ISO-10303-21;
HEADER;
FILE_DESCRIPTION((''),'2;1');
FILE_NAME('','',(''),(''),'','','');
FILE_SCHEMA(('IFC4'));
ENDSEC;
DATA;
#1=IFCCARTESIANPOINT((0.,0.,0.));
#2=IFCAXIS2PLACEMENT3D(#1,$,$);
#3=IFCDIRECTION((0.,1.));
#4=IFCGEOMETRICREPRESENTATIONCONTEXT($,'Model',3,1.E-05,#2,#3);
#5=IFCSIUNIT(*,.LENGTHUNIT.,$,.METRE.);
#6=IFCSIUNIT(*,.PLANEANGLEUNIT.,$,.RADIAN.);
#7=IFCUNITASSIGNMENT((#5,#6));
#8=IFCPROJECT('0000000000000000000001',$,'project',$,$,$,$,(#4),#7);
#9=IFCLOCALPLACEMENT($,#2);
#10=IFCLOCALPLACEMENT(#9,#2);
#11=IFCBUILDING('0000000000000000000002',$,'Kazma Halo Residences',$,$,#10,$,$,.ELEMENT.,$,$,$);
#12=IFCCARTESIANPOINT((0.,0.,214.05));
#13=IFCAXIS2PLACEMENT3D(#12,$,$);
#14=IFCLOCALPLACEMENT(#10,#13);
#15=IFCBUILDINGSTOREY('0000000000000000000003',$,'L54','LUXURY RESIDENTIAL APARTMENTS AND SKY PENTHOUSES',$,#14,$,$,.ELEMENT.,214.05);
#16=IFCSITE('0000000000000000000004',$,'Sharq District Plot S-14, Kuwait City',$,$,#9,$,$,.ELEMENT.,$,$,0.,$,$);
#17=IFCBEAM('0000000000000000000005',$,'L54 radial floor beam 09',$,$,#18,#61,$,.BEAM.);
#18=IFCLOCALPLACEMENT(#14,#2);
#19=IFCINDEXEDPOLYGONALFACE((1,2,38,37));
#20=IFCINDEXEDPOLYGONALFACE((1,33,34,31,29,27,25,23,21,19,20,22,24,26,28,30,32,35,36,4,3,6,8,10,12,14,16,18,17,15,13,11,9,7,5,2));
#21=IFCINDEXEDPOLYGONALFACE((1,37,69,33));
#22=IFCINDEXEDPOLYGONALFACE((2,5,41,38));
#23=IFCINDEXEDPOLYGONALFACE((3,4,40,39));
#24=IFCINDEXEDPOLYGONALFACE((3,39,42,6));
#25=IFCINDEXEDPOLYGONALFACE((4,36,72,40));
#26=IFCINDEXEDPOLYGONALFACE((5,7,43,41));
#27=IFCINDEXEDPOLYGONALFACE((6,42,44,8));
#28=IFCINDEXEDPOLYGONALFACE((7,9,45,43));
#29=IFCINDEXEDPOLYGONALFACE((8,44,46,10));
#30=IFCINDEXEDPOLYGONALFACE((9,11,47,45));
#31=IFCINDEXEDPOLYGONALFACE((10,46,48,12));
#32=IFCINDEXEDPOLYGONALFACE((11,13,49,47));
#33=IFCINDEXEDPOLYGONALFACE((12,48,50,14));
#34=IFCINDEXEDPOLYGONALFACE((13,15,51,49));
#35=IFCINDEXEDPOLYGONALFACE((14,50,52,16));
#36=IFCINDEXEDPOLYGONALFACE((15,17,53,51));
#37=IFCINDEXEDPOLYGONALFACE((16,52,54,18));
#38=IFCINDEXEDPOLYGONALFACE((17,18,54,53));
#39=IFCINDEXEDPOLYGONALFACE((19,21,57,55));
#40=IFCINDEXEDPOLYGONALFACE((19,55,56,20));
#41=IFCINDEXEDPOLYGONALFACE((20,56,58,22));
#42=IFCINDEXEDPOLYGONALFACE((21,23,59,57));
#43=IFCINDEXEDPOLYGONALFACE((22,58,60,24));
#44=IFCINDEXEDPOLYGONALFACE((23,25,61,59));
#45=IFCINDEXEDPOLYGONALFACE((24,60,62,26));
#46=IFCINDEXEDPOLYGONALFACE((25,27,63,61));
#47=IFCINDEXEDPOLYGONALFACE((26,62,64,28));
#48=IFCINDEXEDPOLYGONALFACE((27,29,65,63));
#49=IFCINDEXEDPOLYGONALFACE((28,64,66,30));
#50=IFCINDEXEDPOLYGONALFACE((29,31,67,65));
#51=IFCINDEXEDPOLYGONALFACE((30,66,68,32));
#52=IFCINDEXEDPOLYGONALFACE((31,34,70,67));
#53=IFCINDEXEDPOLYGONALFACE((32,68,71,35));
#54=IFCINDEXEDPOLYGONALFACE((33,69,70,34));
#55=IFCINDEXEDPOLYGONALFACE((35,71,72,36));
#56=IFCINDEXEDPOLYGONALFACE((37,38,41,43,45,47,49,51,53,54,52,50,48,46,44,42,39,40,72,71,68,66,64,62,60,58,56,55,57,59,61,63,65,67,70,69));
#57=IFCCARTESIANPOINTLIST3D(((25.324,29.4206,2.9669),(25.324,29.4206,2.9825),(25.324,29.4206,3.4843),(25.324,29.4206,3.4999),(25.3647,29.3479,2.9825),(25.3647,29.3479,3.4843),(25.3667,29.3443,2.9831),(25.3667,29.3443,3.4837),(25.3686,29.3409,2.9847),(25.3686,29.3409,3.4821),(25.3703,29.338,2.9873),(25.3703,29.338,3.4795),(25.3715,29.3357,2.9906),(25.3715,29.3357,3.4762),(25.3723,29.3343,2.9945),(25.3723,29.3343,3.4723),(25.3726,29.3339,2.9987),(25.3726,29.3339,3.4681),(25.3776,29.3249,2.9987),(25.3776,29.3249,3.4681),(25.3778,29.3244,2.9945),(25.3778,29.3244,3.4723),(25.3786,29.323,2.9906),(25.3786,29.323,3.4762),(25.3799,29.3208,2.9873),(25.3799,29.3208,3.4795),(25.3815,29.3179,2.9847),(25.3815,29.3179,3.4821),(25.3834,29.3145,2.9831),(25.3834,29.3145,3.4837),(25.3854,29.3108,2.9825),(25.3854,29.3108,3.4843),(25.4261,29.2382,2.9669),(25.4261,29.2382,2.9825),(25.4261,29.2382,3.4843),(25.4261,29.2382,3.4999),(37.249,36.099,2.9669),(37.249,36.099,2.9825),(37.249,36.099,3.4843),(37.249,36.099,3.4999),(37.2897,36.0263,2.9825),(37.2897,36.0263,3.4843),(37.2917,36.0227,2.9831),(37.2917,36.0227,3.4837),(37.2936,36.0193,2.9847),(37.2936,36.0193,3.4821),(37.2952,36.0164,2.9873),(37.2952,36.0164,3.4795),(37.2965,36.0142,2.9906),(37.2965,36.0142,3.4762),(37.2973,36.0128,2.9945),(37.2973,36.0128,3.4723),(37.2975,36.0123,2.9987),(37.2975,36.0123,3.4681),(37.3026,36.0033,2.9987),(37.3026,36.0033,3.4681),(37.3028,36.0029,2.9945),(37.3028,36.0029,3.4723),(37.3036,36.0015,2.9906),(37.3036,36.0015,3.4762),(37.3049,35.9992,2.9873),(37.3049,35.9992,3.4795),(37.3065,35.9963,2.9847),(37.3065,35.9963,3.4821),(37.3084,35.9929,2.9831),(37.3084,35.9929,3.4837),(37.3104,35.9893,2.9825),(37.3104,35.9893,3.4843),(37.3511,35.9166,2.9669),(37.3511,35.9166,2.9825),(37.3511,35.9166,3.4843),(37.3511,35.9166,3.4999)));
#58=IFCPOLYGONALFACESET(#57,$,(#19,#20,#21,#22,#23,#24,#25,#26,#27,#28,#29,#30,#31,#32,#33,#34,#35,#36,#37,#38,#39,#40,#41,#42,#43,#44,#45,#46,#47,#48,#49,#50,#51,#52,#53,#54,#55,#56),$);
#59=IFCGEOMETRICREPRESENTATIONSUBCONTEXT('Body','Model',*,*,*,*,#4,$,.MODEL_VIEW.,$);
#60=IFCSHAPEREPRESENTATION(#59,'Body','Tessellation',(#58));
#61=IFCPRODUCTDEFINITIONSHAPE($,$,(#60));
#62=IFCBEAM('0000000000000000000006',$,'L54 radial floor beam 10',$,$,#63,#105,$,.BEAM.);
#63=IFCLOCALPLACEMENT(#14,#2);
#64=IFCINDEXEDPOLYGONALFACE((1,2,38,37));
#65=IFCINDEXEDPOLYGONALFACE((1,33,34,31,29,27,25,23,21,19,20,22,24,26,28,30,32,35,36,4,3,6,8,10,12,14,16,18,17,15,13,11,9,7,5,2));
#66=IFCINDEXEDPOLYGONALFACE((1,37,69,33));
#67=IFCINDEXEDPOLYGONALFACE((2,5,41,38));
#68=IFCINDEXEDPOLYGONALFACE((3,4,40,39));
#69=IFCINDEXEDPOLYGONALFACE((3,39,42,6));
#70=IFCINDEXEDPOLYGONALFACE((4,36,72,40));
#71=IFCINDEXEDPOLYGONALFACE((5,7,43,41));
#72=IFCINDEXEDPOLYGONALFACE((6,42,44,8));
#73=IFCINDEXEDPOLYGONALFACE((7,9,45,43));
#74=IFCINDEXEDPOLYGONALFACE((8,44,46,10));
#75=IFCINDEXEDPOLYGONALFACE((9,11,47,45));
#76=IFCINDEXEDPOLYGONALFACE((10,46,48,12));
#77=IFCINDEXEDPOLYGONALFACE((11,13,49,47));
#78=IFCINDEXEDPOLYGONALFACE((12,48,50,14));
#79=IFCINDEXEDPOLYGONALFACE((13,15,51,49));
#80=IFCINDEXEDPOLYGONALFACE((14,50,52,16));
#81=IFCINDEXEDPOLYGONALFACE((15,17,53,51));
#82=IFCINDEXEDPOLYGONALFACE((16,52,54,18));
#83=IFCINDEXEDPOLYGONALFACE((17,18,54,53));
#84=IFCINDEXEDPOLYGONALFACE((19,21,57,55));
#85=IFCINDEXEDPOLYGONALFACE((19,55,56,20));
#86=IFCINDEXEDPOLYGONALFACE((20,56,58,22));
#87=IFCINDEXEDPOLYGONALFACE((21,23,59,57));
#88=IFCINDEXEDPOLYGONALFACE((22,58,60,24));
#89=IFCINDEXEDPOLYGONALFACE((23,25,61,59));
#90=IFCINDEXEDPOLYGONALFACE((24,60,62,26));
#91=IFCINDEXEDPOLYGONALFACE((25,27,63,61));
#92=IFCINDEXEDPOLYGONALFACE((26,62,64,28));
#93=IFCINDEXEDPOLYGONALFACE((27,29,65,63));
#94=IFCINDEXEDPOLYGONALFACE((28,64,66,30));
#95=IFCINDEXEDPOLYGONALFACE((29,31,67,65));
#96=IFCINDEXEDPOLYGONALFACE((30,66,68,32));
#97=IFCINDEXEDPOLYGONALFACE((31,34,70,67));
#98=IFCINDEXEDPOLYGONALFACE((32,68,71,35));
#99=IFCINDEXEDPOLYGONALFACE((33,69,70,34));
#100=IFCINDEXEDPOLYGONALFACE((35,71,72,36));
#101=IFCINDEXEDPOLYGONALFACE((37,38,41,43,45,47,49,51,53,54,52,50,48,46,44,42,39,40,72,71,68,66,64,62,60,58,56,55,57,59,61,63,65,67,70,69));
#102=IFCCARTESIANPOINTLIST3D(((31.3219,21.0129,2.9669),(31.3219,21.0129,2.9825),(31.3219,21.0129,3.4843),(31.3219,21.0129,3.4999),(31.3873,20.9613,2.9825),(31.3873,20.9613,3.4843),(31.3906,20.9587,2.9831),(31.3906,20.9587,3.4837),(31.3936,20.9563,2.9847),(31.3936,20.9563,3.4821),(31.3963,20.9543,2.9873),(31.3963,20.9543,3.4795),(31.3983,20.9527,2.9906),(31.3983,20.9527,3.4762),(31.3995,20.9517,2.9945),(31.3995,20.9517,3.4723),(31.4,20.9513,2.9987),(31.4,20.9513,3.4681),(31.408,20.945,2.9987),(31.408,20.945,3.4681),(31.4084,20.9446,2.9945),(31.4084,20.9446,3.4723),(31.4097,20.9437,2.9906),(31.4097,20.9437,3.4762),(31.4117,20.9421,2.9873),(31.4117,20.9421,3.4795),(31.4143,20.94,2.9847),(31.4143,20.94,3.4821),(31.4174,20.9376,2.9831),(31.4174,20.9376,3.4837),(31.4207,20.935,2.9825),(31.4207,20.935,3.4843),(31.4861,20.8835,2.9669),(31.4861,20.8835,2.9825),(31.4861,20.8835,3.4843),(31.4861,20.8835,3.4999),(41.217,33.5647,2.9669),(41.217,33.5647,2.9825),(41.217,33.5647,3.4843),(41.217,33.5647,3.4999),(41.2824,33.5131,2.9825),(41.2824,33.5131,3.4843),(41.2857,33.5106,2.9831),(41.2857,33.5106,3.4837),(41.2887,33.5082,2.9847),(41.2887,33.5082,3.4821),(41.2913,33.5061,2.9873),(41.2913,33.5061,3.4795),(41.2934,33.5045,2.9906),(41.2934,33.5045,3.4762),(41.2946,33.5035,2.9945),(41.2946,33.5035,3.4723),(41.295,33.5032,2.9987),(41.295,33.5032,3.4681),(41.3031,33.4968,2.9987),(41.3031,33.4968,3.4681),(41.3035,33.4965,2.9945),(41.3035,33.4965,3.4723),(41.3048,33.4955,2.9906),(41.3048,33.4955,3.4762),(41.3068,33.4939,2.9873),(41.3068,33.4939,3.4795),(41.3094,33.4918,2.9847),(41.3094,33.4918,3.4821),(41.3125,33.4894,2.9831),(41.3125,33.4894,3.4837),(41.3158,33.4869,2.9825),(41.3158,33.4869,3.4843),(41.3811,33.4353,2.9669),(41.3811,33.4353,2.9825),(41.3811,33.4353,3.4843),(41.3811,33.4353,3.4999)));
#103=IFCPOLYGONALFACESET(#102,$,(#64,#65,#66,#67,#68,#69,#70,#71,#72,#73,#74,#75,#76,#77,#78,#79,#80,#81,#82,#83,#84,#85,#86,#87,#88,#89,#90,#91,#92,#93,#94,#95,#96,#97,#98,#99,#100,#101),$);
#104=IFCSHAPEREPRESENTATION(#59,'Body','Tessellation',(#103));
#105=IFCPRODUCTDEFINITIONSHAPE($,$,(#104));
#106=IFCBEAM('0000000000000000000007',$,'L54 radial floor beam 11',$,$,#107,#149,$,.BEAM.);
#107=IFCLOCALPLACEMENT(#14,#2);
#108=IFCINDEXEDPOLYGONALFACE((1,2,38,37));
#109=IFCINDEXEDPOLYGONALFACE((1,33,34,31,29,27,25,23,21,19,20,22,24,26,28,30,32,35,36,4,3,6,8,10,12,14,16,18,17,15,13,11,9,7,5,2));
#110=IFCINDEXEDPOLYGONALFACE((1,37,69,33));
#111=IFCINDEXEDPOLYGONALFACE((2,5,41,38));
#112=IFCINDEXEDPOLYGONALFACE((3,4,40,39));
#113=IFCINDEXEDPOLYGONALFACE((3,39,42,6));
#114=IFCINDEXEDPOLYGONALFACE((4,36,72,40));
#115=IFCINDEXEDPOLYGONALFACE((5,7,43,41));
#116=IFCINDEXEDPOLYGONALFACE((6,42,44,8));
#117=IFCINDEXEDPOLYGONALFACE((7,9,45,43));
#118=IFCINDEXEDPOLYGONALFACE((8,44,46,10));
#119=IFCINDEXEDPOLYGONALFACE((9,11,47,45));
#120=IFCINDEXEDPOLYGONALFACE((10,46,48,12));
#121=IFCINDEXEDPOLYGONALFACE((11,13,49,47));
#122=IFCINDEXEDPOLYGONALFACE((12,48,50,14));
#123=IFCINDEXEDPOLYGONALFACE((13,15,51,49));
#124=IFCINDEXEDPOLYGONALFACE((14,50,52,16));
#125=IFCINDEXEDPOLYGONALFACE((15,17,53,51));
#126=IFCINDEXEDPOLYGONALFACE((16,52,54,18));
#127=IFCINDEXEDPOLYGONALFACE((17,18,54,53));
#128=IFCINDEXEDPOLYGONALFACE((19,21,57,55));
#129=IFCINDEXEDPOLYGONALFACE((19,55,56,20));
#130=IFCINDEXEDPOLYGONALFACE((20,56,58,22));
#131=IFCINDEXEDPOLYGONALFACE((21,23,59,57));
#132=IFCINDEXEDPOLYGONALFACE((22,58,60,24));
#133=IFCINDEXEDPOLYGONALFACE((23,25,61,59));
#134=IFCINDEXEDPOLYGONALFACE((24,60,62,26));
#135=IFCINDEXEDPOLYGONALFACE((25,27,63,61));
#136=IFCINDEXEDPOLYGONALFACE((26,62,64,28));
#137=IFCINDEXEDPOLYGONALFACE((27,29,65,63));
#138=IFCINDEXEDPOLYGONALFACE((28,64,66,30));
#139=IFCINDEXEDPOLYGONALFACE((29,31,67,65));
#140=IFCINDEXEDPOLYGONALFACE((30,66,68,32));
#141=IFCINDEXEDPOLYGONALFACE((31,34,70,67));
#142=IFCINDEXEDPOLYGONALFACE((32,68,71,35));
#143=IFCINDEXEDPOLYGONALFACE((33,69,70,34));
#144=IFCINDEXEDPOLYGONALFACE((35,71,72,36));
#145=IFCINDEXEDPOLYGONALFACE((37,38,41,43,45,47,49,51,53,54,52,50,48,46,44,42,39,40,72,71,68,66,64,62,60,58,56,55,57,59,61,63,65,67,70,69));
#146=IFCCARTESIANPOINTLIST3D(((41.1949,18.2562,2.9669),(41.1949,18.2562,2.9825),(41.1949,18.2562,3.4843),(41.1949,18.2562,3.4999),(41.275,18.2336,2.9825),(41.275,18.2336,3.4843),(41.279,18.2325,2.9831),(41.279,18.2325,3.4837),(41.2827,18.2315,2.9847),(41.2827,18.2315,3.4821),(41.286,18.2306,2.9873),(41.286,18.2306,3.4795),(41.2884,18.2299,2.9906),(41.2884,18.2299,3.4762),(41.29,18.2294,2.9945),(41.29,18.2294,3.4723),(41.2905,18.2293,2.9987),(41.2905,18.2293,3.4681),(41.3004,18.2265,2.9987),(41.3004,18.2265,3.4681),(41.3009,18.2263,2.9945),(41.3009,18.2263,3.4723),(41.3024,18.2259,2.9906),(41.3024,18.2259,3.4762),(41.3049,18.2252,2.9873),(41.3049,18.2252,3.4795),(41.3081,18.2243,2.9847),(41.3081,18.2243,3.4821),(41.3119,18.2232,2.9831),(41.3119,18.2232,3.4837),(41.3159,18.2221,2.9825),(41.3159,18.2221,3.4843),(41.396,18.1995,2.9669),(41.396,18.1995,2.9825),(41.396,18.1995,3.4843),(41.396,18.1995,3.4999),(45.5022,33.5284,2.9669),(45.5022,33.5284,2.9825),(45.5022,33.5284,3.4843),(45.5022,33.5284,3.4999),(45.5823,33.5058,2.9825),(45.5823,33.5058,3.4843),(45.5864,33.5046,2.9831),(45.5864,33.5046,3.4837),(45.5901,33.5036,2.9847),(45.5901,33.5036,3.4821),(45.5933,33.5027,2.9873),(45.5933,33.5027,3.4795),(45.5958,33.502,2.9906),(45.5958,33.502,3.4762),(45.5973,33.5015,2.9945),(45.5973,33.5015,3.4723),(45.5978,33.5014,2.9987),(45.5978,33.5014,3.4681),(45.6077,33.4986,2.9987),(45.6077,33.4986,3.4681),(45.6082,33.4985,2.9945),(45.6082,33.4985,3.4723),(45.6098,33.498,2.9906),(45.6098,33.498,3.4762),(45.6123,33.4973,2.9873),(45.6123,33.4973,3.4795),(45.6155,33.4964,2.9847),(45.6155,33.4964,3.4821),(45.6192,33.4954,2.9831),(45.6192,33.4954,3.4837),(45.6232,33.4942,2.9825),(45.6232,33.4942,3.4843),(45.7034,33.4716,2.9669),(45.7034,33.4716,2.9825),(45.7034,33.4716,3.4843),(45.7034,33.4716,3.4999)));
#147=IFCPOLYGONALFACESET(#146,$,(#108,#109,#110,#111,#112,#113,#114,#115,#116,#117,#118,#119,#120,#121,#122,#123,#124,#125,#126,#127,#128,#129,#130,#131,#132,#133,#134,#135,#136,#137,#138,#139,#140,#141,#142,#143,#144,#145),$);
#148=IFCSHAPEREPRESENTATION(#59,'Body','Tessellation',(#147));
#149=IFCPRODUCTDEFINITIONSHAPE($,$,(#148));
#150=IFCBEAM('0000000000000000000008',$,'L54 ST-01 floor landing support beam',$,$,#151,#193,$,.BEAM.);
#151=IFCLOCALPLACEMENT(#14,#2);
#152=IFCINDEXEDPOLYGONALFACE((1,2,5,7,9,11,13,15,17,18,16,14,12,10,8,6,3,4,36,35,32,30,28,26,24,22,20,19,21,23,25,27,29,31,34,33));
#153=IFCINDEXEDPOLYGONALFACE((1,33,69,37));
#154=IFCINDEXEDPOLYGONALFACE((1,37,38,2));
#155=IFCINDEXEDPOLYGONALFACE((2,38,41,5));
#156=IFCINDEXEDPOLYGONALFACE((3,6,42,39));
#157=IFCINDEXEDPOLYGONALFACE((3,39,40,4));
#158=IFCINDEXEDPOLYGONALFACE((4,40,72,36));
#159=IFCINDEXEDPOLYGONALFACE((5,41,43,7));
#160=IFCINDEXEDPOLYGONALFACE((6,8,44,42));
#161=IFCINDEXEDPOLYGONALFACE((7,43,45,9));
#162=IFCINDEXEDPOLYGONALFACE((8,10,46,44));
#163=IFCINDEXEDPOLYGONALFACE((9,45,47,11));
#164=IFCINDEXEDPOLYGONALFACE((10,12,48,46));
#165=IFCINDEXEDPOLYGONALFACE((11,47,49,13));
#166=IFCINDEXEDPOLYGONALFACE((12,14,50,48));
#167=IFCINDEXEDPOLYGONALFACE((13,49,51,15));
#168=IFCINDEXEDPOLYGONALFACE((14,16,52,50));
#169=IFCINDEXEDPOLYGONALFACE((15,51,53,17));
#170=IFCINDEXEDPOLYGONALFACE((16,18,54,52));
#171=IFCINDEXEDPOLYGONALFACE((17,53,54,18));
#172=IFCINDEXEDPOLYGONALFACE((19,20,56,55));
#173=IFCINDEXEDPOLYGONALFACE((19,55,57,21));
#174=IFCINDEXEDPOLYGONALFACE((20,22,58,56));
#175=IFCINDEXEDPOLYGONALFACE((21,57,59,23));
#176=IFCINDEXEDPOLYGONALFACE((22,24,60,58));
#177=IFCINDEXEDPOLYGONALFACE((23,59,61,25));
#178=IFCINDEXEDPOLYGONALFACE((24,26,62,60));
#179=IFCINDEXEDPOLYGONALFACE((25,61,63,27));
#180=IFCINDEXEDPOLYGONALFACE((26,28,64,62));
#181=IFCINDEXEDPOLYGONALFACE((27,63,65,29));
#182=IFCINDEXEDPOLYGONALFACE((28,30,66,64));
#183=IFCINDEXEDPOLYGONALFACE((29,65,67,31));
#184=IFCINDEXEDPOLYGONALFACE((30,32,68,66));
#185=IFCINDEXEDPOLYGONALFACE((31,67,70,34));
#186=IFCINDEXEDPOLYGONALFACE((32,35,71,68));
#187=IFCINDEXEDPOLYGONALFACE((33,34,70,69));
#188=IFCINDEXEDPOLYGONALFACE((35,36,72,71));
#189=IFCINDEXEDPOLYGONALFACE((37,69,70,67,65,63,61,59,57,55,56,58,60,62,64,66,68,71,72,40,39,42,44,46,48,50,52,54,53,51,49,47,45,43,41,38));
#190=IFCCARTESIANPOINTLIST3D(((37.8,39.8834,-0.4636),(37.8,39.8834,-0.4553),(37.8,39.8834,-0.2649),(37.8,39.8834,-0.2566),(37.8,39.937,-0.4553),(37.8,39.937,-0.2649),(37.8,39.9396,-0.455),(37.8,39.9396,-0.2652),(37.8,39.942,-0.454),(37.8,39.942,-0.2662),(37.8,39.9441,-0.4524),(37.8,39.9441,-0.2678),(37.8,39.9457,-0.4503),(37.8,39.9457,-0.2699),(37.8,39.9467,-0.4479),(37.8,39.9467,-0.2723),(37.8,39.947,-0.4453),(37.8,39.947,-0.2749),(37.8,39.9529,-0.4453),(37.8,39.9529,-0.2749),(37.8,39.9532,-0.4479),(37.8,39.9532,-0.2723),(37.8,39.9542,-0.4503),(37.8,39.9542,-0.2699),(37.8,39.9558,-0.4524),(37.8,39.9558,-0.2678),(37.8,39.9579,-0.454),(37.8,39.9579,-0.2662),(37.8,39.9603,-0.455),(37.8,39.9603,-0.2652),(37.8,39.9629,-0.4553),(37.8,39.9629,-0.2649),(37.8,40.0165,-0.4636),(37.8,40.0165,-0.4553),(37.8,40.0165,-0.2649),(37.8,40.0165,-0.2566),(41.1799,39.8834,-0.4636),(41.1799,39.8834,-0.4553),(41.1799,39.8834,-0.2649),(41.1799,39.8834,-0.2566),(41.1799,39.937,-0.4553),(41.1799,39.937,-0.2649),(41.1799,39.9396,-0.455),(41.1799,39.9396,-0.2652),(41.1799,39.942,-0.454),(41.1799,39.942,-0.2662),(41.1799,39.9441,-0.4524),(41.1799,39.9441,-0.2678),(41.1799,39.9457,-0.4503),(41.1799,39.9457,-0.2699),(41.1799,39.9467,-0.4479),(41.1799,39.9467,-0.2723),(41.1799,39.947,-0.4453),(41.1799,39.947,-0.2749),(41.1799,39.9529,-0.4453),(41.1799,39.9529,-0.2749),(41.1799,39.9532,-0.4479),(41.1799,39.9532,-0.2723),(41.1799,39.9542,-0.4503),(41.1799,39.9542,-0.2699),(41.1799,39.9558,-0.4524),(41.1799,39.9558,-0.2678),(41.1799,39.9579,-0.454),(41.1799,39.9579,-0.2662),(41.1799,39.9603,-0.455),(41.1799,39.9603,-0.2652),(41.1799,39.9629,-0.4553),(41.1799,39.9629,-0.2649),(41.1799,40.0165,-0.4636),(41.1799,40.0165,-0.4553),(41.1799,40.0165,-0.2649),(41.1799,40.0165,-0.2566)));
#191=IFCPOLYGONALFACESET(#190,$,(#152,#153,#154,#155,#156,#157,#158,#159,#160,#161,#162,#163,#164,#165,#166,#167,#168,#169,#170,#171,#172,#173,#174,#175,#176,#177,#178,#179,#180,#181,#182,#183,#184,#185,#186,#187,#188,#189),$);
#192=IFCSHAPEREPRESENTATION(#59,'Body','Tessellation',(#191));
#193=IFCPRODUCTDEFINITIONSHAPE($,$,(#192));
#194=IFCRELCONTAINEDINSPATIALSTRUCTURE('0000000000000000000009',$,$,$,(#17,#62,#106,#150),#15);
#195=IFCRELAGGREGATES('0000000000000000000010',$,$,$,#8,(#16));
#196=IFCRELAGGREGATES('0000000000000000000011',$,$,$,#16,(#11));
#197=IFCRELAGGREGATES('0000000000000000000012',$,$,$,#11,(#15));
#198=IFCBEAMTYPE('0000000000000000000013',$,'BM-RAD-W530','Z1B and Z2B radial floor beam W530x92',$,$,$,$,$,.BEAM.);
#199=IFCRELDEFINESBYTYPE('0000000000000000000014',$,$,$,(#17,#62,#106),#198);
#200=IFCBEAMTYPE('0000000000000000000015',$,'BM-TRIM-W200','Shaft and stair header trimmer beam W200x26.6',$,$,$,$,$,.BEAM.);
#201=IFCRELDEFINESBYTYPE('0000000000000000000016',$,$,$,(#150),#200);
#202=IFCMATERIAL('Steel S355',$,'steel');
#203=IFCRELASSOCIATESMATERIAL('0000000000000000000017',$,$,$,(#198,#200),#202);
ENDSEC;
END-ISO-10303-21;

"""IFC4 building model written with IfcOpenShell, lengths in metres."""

from ifc_helpers import new_model, si_unit, direction, frame, origin, origin_2d, place, context, subcontext, project, spatial, i_section, extrude, material, material_profile, profile_set, type_object, element, save


model = new_model("IFC4")

# Units and contexts
model_context = context("Model", 3, precision=1e-05, world=origin(), true_north=direction((0.0, 1.0)))
body_context = subcontext(model_context, "Body", "Model", "MODEL_VIEW")
ifc_project = project(units=[si_unit("LENGTHUNIT", "METRE"), si_unit("PLANEANGLEUNIT", "RADIAN")], contexts=[model_context])

# Site, building, storey
site_placement = place(None, origin())
site = spatial("IfcSite", under=ifc_project, at=site_placement, Name="Sharq District Plot S-14, Kuwait City", CompositionType="ELEMENT", RefElevation=0.0)
building_placement = place(site_placement, origin())
building = spatial("IfcBuilding", under=site, at=building_placement, Name="Kazma Halo Residences", CompositionType="ELEMENT")
storey_placement = place(building_placement, frame((0.0, 0.0, 214.05)))
storey = spatial("IfcBuildingStorey", under=building, at=storey_placement, Name="L54", Description="LUXURY RESIDENTIAL APARTMENTS AND SKY PENTHOUSES", CompositionType="ELEMENT", Elevation=214.05)

# Beams
ifc_material_1 = material(Name="Steel S355", Category="steel")
ifc_material_profile_1 = material_profile(ifc_material_1, i_section(OverallWidth=0.209, OverallDepth=0.533, WebThickness=0.0103, FlangeThickness=0.0156, FilletRadius=0.0161, at=origin_2d()), Name="W530x92")
ifc_profile_set_1 = profile_set([ifc_material_profile_1], Name="Steel S355")
beam_type_1 = type_object("IfcBeamType", Name="BM-RAD-W530", Description="Z1B and Z2B radial floor beam W530x92", PredefinedType="BEAM", material=ifc_profile_set_1)
beam_1_placement = place(storey_placement, frame((37.3, 36.0078, 3.2334), z_axis=(-0.872492, -0.488628, 0.0), x_axis=(0.488628, -0.872492, 0.0)))
element("IfcBeam", 1, at=beam_1_placement, inside=storey, type_object=beam_type_1, Name="L54 radial floor beam 09", PredefinedType="BEAM", context=body_context, shape_type="SweptSolid", body=[
    extrude(i_section(OverallWidth=0.209, OverallDepth=0.533, WebThickness=0.0103, FlangeThickness=0.0156, FilletRadius=0.0161, at=origin_2d()), origin(), (0.0, 0.0, 1.0), 13.6677),
])
beam_2_placement = place(storey_placement, frame((41.2991, 33.5, 3.2334), z_axis=(-0.619094, -0.785317, 0.0), x_axis=(0.785317, -0.619094, 0.0)))
element("IfcBeam", 2, at=beam_2_placement, inside=storey, type_object=beam_type_1, Name="L54 radial floor beam 10", PredefinedType="BEAM", context=body_context, shape_type="SweptSolid", body=[
    extrude(i_section(OverallWidth=0.209, OverallDepth=0.533, WebThickness=0.0103, FlangeThickness=0.0156, FilletRadius=0.0161, at=origin_2d()), origin(), (0.0, 0.0, 1.0), 15.9832),
])
beam_3_placement = place(storey_placement, frame((45.6028, 33.5, 3.2334), z_axis=(-0.27145, -0.962453, 0.0), x_axis=(0.962453, -0.27145, 0.0)))
element("IfcBeam", 3, at=beam_3_placement, inside=storey, type_object=beam_type_1, Name="L54 radial floor beam 11", PredefinedType="BEAM", context=body_context, shape_type="SweptSolid", body=[
    extrude(i_section(OverallWidth=0.209, OverallDepth=0.533, WebThickness=0.0103, FlangeThickness=0.0156, FilletRadius=0.0161, at=origin_2d()), origin(), (0.0, 0.0, 1.0), 15.8679),
])
ifc_material_profile_2 = material_profile(ifc_material_1, i_section(OverallWidth=0.1331, OverallDepth=0.207, WebThickness=0.0059, FlangeThickness=0.0083, FilletRadius=0.01, at=origin_2d()), Name="W200x26.6")
ifc_profile_set_2 = profile_set([ifc_material_profile_2], Name="Steel S355")
beam_type_2 = type_object("IfcBeamType", Name="BM-TRIM-W200", Description="Shaft and stair header trimmer beam W200x26.6", PredefinedType="BEAM", material=ifc_profile_set_2)
beam_4_placement = place(storey_placement, frame((37.8, 39.95, -0.3601), z_axis=(1.0, 0.0, 0.0), x_axis=(0.0, 1.0, 0.0)))
element("IfcBeam", 4, at=beam_4_placement, inside=storey, type_object=beam_type_2, Name="L54 ST-01 floor landing support beam", PredefinedType="BEAM", context=body_context, shape_type="SweptSolid", body=[
    extrude(i_section(OverallWidth=0.1331, OverallDepth=0.207, WebThickness=0.0059, FlangeThickness=0.0083, FilletRadius=0.01, at=origin_2d()), origin(), (0.0, 0.0, 1.0), 3.3799),
])

save(model, "model.ifc")
